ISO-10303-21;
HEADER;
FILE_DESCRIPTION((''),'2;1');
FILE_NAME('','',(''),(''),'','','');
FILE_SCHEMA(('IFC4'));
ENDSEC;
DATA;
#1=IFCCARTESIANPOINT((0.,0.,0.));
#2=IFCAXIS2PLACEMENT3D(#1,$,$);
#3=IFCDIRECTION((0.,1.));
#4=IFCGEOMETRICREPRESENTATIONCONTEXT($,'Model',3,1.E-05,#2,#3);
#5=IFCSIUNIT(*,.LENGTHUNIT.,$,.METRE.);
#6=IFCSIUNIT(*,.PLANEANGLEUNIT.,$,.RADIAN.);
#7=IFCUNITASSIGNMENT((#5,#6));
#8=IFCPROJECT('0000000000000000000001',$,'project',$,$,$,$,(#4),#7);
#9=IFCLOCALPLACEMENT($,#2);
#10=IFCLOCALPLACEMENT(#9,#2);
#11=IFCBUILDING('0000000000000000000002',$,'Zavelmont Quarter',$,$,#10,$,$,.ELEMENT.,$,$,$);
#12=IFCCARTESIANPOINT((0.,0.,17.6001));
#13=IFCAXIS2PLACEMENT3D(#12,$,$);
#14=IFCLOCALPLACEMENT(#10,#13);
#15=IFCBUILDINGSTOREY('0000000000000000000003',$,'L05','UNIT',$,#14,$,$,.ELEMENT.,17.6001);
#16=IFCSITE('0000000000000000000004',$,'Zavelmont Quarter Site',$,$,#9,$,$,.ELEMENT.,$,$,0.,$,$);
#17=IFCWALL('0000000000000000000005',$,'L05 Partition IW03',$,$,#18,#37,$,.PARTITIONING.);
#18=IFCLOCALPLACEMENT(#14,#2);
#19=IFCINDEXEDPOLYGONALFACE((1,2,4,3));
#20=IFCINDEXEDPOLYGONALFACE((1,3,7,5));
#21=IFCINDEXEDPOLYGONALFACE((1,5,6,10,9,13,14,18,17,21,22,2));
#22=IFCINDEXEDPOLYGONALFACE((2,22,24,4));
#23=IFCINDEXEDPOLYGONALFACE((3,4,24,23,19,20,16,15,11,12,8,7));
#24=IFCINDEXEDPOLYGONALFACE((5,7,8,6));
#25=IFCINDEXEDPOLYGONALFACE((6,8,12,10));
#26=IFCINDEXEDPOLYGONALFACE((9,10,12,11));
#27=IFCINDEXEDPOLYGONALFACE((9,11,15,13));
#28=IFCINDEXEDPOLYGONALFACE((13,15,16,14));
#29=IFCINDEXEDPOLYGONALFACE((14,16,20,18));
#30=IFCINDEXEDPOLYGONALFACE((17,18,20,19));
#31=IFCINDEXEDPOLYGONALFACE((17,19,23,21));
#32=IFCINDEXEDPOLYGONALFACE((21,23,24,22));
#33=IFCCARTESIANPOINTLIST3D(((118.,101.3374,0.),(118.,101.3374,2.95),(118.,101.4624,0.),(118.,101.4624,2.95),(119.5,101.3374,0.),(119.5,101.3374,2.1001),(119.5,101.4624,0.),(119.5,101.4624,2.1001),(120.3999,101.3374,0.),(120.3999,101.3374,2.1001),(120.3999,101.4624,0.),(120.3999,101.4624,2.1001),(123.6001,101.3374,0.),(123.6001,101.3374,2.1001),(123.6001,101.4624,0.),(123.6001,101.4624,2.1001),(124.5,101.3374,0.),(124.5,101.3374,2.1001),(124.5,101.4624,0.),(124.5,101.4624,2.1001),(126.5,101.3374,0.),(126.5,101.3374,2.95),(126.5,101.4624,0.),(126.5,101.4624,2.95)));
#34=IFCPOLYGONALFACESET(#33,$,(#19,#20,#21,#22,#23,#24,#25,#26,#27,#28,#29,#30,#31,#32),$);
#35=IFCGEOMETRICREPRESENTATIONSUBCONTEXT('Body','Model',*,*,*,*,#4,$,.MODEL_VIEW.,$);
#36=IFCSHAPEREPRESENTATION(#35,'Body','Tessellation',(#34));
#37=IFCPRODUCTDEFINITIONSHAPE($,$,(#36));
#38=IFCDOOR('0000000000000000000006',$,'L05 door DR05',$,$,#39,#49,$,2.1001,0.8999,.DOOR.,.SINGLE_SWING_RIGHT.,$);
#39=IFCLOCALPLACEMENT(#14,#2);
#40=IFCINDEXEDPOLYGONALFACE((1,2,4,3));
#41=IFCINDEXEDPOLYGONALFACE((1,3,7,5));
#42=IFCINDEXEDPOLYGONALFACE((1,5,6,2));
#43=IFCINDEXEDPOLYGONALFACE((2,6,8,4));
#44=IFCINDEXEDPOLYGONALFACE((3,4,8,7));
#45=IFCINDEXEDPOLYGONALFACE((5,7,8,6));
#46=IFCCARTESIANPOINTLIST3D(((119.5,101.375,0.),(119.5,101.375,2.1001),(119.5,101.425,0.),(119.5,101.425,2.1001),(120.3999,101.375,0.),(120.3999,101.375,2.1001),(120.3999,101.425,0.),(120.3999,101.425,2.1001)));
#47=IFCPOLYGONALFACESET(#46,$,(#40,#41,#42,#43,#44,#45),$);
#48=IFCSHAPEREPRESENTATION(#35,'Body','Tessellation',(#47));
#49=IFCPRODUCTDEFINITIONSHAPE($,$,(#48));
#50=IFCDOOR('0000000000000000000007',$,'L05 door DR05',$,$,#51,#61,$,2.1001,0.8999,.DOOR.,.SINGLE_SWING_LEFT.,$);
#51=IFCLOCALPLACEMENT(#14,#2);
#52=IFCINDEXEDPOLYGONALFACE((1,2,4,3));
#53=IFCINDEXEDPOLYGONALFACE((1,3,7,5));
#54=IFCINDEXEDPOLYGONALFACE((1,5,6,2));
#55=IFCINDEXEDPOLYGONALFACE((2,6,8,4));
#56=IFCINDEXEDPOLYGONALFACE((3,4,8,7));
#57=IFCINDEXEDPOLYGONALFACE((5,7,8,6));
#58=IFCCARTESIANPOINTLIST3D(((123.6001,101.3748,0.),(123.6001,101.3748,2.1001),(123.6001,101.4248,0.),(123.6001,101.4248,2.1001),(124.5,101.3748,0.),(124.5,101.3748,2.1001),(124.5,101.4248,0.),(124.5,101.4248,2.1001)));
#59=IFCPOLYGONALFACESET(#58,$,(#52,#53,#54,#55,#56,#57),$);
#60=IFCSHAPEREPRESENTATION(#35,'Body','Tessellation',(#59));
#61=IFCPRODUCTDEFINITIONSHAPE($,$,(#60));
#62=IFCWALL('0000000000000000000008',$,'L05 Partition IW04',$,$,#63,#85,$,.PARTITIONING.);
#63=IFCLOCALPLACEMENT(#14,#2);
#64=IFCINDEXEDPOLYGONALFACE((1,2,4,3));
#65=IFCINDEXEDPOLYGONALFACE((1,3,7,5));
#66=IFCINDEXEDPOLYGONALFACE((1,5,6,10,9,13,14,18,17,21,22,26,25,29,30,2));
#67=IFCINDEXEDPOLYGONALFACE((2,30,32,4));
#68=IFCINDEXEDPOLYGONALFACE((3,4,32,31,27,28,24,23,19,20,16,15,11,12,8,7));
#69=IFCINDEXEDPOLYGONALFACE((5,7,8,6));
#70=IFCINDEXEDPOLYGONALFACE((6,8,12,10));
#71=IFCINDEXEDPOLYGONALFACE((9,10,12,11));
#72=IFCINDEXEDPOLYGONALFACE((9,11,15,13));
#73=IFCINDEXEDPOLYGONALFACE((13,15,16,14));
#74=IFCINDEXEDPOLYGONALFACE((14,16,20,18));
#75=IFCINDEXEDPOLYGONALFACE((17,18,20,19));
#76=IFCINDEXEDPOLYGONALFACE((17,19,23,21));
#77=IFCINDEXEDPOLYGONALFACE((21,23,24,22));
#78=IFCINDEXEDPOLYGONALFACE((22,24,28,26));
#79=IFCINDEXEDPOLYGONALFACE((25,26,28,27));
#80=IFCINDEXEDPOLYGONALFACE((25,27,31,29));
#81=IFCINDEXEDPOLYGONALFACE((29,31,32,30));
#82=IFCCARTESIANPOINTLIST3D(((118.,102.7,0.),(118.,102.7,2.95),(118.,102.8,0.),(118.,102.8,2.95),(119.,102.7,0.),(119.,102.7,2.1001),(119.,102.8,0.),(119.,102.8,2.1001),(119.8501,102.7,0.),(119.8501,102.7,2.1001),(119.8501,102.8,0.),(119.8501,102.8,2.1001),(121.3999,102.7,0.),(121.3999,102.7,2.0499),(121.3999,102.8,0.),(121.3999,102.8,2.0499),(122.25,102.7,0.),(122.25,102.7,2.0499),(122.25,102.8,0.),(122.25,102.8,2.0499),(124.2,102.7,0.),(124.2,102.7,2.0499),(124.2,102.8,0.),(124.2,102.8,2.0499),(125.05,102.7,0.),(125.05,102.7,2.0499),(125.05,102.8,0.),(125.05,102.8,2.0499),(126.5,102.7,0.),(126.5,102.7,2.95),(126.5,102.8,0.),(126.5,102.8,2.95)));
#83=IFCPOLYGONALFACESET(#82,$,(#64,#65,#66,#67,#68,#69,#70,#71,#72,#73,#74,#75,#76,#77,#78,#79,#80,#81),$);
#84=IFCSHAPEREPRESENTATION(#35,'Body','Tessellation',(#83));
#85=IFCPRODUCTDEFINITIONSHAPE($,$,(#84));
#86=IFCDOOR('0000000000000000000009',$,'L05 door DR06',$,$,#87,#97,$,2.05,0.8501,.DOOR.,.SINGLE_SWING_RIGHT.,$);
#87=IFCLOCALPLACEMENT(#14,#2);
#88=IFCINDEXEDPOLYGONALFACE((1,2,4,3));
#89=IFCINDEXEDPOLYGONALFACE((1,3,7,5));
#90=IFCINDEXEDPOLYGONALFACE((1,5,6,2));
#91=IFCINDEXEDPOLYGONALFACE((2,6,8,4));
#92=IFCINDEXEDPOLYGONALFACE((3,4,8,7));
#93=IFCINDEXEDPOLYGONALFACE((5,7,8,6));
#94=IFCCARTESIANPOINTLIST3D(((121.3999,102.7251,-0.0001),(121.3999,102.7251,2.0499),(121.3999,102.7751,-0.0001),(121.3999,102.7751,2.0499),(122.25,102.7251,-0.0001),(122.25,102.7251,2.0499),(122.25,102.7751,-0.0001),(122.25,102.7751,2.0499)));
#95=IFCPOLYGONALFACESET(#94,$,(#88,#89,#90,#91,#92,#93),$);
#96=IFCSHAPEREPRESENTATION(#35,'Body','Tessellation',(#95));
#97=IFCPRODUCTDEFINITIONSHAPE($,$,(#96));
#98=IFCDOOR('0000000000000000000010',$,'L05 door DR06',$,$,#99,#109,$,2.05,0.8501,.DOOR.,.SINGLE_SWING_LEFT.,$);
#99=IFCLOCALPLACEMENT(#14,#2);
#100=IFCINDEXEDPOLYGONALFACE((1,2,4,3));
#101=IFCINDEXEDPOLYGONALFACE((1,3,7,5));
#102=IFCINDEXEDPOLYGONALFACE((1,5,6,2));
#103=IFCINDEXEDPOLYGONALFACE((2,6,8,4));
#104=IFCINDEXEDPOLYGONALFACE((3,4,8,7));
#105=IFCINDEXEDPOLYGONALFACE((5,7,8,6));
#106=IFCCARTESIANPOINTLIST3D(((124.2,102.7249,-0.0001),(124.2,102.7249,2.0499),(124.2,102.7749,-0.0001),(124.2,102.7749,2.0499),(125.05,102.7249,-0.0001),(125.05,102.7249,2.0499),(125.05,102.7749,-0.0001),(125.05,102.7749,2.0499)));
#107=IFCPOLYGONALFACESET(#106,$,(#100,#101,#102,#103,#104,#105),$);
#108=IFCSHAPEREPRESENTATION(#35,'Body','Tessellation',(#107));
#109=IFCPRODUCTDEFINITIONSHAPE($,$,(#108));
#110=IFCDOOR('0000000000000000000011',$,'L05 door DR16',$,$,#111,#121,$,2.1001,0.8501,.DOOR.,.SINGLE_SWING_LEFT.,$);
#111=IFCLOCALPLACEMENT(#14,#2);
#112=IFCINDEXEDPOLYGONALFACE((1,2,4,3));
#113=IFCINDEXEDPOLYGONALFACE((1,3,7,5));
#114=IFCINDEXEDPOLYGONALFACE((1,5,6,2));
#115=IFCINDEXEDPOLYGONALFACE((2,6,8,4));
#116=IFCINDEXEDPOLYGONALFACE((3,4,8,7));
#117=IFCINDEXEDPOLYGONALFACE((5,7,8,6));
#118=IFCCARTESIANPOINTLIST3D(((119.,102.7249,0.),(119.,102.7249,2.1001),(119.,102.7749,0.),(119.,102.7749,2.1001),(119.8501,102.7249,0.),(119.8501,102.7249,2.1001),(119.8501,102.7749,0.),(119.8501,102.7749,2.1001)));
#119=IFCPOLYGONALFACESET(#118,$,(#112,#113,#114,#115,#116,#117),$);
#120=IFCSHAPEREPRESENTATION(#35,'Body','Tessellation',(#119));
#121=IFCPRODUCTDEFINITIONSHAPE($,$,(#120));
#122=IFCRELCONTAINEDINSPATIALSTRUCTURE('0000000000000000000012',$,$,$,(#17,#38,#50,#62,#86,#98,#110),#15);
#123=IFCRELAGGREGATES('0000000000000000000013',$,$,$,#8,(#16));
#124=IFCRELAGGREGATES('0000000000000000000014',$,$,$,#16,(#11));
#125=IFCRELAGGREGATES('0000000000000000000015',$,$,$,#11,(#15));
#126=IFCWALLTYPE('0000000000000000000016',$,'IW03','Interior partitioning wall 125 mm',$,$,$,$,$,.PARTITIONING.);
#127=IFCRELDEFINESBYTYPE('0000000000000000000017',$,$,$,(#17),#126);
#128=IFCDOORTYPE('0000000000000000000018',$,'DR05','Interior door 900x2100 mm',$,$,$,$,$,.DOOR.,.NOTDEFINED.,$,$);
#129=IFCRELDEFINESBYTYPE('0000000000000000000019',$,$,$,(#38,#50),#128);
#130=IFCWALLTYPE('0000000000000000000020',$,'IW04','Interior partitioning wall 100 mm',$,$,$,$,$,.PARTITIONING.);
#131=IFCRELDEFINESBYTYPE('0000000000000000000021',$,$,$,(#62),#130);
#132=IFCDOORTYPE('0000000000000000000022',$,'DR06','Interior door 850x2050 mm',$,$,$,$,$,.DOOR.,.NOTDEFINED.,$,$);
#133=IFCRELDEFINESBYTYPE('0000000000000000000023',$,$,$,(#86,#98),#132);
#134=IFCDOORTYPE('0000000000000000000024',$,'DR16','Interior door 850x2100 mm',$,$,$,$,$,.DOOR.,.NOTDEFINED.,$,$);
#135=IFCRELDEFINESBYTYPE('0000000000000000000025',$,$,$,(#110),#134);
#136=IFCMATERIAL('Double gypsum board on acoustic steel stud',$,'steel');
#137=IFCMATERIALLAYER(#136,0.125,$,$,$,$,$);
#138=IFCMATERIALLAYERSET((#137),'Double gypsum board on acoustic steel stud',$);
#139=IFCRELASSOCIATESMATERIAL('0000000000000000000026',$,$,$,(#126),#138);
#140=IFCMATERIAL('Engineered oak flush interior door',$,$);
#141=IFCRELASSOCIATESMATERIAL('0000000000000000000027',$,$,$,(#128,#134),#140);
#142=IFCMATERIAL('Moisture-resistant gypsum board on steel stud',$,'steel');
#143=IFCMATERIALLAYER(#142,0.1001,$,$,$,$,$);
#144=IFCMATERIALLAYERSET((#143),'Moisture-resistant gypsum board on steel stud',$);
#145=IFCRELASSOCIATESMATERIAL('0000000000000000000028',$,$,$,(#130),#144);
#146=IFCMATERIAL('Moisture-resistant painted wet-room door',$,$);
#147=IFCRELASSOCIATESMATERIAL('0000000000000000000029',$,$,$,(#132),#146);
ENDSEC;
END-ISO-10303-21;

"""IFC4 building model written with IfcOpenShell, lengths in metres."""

from ifc_helpers import new_model, si_unit, direction, frame, frame_2d, origin, origin_with_axes, place, context, subcontext, project, spatial, rectangle, extrude, material, layer, layer_set, type_object, element, fill, save


model = new_model("IFC4")

# Units and contexts
model_context = context("Model", 3, precision=1e-05, world=origin(), true_north=direction((0.0, 1.0)))
body_context = subcontext(model_context, "Body", "Model", "MODEL_VIEW")
ifc_project = project(units=[si_unit("LENGTHUNIT", "METRE"), si_unit("PLANEANGLEUNIT", "RADIAN")], contexts=[model_context])

# Site, building, storey
site_placement = place(None, origin())
site = spatial("IfcSite", under=ifc_project, at=site_placement, Name="Zavelmont Quarter Site", CompositionType="ELEMENT", RefElevation=0.0)
building_placement = place(site_placement, origin())
building = spatial("IfcBuilding", under=site, at=building_placement, Name="Zavelmont Quarter", CompositionType="ELEMENT")
storey_placement = place(building_placement, frame((0.0, 0.0, 17.6001)))
storey = spatial("IfcBuildingStorey", under=building, at=storey_placement, Name="L05", Description="UNIT", CompositionType="ELEMENT", Elevation=17.6001)

# Shared definitions
ifc_material_1 = material(Name="Double gypsum board on acoustic steel stud", Category="steel")
ifc_layer_1 = layer(ifc_material_1, 0.125)
ifc_layer_set_1 = layer_set([ifc_layer_1], Name="Double gypsum board on acoustic steel stud")
wall_type_1 = type_object("IfcWallType", Name="IW03", Description="Interior partitioning wall 125 mm", PredefinedType="PARTITIONING", material=ifc_layer_set_1)
ifc_material_2 = material(Name="Engineered oak flush interior door")
door_type_1 = type_object("IfcDoorType", Name="DR05", Description="Interior door 900x2100 mm", OperationType="NOTDEFINED", PredefinedType="DOOR", material=ifc_material_2)

# Walls, openings, doors
wall_1_placement = place(storey_placement, frame((118.0, 101.3999, 0.0), z_axis=(0.0, 0.0, 1.0), x_axis=(1.0, 0.0, 0.0)))
wall_1 = element("IfcWall", 1, at=wall_1_placement, inside=storey, type_object=wall_type_1, Name="L05 Partition IW03", PredefinedType="PARTITIONING", context=body_context, shape_type="SweptSolid", body=[
    extrude(rectangle(XDim=8.5, YDim=0.125, at=frame_2d((4.25, 0.0))), origin(), (0.0, 0.0, 1.0), 2.95),
])
opening_1_placement = place(wall_1_placement, frame((1.5, 0.0, 0.0)))
opening_1 = element("IfcOpeningElement", 2, at=opening_1_placement, cuts=wall_1, PredefinedType="OPENING", context=body_context, shape_type="SweptSolid", body=[
    extrude(rectangle(XDim=0.8999, YDim=2.1001, at=frame_2d((0.45, 1.05))), frame((0.0, 0.0745, 0.0), z_axis=(0.0, -1.0, 0.0), x_axis=(1.0, 0.0, 0.0)), (0.0, 0.0, 1.0), 0.1489),
])
opening_2_placement = place(wall_1_placement, frame((5.6001, 0.0, 0.0)))
opening_2 = element("IfcOpeningElement", 3, at=opening_2_placement, cuts=wall_1, PredefinedType="OPENING", context=body_context, shape_type="SweptSolid", body=[
    extrude(rectangle(XDim=0.8999, YDim=2.1001, at=frame_2d((0.45, 1.05))), frame((0.0, 0.0745, 0.0), z_axis=(0.0, -1.0, 0.0), x_axis=(1.0, 0.0, 0.0)), (0.0, 0.0, 1.0), 0.1489),
])
door_1_placement = place(opening_1_placement, frame((0.8999, 0.0, 0.0), z_axis=(0.0, 0.0, 1.0), x_axis=(-1.0, 0.0, 0.0)))
door_1 = element("IfcDoor", 4, at=door_1_placement, inside=storey, type_object=door_type_1, Name="L05 door DR05", OperationType="SINGLE_SWING_RIGHT", OverallHeight=2.1001, OverallWidth=0.8999, PredefinedType="DOOR", context=body_context, shape_type="SweptSolid", body=[
    extrude(rectangle(XDim=0.8999, YDim=2.1001, at=frame_2d((0.45, 1.05))), frame((0.0, 0.0249, 0.0), z_axis=(0.0, -1.0, 0.0), x_axis=(1.0, 0.0, 0.0)), (0.0, 0.0, 1.0), 0.05),
])
fill(opening_1, door_1)
door_2_placement = place(opening_2_placement, origin_with_axes())
door_2 = element("IfcDoor", 5, at=door_2_placement, inside=storey, type_object=door_type_1, Name="L05 door DR05", OperationType="SINGLE_SWING_LEFT", OverallHeight=2.1001, OverallWidth=0.8999, PredefinedType="DOOR", context=body_context, shape_type="SweptSolid", body=[
    extrude(rectangle(XDim=0.8999, YDim=2.1001, at=frame_2d((0.45, 1.05))), frame((0.0, 0.0249, 0.0), z_axis=(0.0, -1.0, 0.0), x_axis=(1.0, 0.0, 0.0)), (0.0, 0.0, 1.0), 0.05),
])
fill(opening_2, door_2)
ifc_material_3 = material(Name="Moisture-resistant gypsum board on steel stud", Category="steel")
ifc_layer_2 = layer(ifc_material_3, 0.1001)
ifc_layer_set_2 = layer_set([ifc_layer_2], Name="Moisture-resistant gypsum board on steel stud")
wall_type_2 = type_object("IfcWallType", Name="IW04", Description="Interior partitioning wall 100 mm", PredefinedType="PARTITIONING", material=ifc_layer_set_2)
wall_2_placement = place(storey_placement, frame((118.0, 102.75, 0.0), z_axis=(0.0, 0.0, 1.0), x_axis=(1.0, 0.0, 0.0)))
wall_2 = element("IfcWall", 6, at=wall_2_placement, inside=storey, type_object=wall_type_2, Name="L05 Partition IW04", PredefinedType="PARTITIONING", context=body_context, shape_type="SweptSolid", body=[
    extrude(rectangle(XDim=8.5, YDim=0.1001, at=frame_2d((4.25, 0.0))), origin(), (0.0, 0.0, 1.0), 2.95),
])
opening_3_placement = place(wall_2_placement, frame((1.0, 0.0, 0.0)))
opening_3 = element("IfcOpeningElement", 7, at=opening_3_placement, cuts=wall_2, PredefinedType="OPENING", context=body_context, shape_type="SweptSolid", body=[
    extrude(rectangle(XDim=0.8501, YDim=2.1001, at=frame_2d((0.425, 1.05))), frame((0.0, 0.062, 0.0), z_axis=(0.0, -1.0, 0.0), x_axis=(1.0, 0.0, 0.0)), (0.0, 0.0, 1.0), 0.124),
])
opening_4_placement = place(wall_2_placement, frame((3.3999, 0.0, 0.0)))
opening_4 = element("IfcOpeningElement", 8, at=opening_4_placement, cuts=wall_2, PredefinedType="OPENING", context=body_context, shape_type="SweptSolid", body=[
    extrude(rectangle(XDim=0.8501, YDim=2.05, at=frame_2d((0.425, 1.0249))), frame((0.0, 0.062, 0.0), z_axis=(0.0, -1.0, 0.0), x_axis=(1.0, 0.0, 0.0)), (0.0, 0.0, 1.0), 0.124),
])
opening_5_placement = place(wall_2_placement, frame((6.2, 0.0, 0.0)))
opening_5 = element("IfcOpeningElement", 9, at=opening_5_placement, cuts=wall_2, PredefinedType="OPENING", context=body_context, shape_type="SweptSolid", body=[
    extrude(rectangle(XDim=0.8501, YDim=2.05, at=frame_2d((0.425, 1.0249))), frame((0.0, 0.062, 0.0), z_axis=(0.0, -1.0, 0.0), x_axis=(1.0, 0.0, 0.0)), (0.0, 0.0, 1.0), 0.124),
])
ifc_material_4 = material(Name="Moisture-resistant painted wet-room door")
door_type_2 = type_object("IfcDoorType", Name="DR06", Description="Interior door 850x2050 mm", OperationType="NOTDEFINED", PredefinedType="DOOR", material=ifc_material_4)
door_3_placement = place(opening_4_placement, frame((0.8501, 0.0, 0.0), z_axis=(0.0, 0.0, 1.0), x_axis=(-1.0, 0.0, 0.0)))
door_3 = element("IfcDoor", 10, at=door_3_placement, inside=storey, type_object=door_type_2, Name="L05 door DR06", OperationType="SINGLE_SWING_RIGHT", OverallHeight=2.05, OverallWidth=0.8501, PredefinedType="DOOR", context=body_context, shape_type="SweptSolid", body=[
    extrude(rectangle(XDim=0.8501, YDim=2.05, at=frame_2d((0.425, 1.0249))), frame((0.0, 0.0249, 0.0), z_axis=(0.0, -1.0, 0.0), x_axis=(1.0, 0.0, 0.0)), (0.0, 0.0, 1.0), 0.05),
])
fill(opening_4, door_3)
door_4_placement = place(opening_5_placement, origin_with_axes())
door_4 = element("IfcDoor", 11, at=door_4_placement, inside=storey, type_object=door_type_2, Name="L05 door DR06", OperationType="SINGLE_SWING_LEFT", OverallHeight=2.05, OverallWidth=0.8501, PredefinedType="DOOR", context=body_context, shape_type="SweptSolid", body=[
    extrude(rectangle(XDim=0.8501, YDim=2.05, at=frame_2d((0.425, 1.0249))), frame((0.0, 0.0249, 0.0), z_axis=(0.0, -1.0, 0.0), x_axis=(1.0, 0.0, 0.0)), (0.0, 0.0, 1.0), 0.05),
])
fill(opening_5, door_4)
door_type_3 = type_object("IfcDoorType", Name="DR16", Description="Interior door 850x2100 mm", OperationType="NOTDEFINED", PredefinedType="DOOR", material=ifc_material_2)
door_5_placement = place(opening_3_placement, origin_with_axes())
door_5 = element("IfcDoor", 12, at=door_5_placement, inside=storey, type_object=door_type_3, Name="L05 door DR16", OperationType="SINGLE_SWING_LEFT", OverallHeight=2.1001, OverallWidth=0.8501, PredefinedType="DOOR", context=body_context, shape_type="SweptSolid", body=[
    extrude(rectangle(XDim=0.8501, YDim=2.1001, at=frame_2d((0.425, 1.05))), frame((0.0, 0.0249, 0.0), z_axis=(0.0, -1.0, 0.0), x_axis=(1.0, 0.0, 0.0)), (0.0, 0.0, 1.0), 0.05),
])
fill(opening_3, door_5)

save(model, "model.ifc")
